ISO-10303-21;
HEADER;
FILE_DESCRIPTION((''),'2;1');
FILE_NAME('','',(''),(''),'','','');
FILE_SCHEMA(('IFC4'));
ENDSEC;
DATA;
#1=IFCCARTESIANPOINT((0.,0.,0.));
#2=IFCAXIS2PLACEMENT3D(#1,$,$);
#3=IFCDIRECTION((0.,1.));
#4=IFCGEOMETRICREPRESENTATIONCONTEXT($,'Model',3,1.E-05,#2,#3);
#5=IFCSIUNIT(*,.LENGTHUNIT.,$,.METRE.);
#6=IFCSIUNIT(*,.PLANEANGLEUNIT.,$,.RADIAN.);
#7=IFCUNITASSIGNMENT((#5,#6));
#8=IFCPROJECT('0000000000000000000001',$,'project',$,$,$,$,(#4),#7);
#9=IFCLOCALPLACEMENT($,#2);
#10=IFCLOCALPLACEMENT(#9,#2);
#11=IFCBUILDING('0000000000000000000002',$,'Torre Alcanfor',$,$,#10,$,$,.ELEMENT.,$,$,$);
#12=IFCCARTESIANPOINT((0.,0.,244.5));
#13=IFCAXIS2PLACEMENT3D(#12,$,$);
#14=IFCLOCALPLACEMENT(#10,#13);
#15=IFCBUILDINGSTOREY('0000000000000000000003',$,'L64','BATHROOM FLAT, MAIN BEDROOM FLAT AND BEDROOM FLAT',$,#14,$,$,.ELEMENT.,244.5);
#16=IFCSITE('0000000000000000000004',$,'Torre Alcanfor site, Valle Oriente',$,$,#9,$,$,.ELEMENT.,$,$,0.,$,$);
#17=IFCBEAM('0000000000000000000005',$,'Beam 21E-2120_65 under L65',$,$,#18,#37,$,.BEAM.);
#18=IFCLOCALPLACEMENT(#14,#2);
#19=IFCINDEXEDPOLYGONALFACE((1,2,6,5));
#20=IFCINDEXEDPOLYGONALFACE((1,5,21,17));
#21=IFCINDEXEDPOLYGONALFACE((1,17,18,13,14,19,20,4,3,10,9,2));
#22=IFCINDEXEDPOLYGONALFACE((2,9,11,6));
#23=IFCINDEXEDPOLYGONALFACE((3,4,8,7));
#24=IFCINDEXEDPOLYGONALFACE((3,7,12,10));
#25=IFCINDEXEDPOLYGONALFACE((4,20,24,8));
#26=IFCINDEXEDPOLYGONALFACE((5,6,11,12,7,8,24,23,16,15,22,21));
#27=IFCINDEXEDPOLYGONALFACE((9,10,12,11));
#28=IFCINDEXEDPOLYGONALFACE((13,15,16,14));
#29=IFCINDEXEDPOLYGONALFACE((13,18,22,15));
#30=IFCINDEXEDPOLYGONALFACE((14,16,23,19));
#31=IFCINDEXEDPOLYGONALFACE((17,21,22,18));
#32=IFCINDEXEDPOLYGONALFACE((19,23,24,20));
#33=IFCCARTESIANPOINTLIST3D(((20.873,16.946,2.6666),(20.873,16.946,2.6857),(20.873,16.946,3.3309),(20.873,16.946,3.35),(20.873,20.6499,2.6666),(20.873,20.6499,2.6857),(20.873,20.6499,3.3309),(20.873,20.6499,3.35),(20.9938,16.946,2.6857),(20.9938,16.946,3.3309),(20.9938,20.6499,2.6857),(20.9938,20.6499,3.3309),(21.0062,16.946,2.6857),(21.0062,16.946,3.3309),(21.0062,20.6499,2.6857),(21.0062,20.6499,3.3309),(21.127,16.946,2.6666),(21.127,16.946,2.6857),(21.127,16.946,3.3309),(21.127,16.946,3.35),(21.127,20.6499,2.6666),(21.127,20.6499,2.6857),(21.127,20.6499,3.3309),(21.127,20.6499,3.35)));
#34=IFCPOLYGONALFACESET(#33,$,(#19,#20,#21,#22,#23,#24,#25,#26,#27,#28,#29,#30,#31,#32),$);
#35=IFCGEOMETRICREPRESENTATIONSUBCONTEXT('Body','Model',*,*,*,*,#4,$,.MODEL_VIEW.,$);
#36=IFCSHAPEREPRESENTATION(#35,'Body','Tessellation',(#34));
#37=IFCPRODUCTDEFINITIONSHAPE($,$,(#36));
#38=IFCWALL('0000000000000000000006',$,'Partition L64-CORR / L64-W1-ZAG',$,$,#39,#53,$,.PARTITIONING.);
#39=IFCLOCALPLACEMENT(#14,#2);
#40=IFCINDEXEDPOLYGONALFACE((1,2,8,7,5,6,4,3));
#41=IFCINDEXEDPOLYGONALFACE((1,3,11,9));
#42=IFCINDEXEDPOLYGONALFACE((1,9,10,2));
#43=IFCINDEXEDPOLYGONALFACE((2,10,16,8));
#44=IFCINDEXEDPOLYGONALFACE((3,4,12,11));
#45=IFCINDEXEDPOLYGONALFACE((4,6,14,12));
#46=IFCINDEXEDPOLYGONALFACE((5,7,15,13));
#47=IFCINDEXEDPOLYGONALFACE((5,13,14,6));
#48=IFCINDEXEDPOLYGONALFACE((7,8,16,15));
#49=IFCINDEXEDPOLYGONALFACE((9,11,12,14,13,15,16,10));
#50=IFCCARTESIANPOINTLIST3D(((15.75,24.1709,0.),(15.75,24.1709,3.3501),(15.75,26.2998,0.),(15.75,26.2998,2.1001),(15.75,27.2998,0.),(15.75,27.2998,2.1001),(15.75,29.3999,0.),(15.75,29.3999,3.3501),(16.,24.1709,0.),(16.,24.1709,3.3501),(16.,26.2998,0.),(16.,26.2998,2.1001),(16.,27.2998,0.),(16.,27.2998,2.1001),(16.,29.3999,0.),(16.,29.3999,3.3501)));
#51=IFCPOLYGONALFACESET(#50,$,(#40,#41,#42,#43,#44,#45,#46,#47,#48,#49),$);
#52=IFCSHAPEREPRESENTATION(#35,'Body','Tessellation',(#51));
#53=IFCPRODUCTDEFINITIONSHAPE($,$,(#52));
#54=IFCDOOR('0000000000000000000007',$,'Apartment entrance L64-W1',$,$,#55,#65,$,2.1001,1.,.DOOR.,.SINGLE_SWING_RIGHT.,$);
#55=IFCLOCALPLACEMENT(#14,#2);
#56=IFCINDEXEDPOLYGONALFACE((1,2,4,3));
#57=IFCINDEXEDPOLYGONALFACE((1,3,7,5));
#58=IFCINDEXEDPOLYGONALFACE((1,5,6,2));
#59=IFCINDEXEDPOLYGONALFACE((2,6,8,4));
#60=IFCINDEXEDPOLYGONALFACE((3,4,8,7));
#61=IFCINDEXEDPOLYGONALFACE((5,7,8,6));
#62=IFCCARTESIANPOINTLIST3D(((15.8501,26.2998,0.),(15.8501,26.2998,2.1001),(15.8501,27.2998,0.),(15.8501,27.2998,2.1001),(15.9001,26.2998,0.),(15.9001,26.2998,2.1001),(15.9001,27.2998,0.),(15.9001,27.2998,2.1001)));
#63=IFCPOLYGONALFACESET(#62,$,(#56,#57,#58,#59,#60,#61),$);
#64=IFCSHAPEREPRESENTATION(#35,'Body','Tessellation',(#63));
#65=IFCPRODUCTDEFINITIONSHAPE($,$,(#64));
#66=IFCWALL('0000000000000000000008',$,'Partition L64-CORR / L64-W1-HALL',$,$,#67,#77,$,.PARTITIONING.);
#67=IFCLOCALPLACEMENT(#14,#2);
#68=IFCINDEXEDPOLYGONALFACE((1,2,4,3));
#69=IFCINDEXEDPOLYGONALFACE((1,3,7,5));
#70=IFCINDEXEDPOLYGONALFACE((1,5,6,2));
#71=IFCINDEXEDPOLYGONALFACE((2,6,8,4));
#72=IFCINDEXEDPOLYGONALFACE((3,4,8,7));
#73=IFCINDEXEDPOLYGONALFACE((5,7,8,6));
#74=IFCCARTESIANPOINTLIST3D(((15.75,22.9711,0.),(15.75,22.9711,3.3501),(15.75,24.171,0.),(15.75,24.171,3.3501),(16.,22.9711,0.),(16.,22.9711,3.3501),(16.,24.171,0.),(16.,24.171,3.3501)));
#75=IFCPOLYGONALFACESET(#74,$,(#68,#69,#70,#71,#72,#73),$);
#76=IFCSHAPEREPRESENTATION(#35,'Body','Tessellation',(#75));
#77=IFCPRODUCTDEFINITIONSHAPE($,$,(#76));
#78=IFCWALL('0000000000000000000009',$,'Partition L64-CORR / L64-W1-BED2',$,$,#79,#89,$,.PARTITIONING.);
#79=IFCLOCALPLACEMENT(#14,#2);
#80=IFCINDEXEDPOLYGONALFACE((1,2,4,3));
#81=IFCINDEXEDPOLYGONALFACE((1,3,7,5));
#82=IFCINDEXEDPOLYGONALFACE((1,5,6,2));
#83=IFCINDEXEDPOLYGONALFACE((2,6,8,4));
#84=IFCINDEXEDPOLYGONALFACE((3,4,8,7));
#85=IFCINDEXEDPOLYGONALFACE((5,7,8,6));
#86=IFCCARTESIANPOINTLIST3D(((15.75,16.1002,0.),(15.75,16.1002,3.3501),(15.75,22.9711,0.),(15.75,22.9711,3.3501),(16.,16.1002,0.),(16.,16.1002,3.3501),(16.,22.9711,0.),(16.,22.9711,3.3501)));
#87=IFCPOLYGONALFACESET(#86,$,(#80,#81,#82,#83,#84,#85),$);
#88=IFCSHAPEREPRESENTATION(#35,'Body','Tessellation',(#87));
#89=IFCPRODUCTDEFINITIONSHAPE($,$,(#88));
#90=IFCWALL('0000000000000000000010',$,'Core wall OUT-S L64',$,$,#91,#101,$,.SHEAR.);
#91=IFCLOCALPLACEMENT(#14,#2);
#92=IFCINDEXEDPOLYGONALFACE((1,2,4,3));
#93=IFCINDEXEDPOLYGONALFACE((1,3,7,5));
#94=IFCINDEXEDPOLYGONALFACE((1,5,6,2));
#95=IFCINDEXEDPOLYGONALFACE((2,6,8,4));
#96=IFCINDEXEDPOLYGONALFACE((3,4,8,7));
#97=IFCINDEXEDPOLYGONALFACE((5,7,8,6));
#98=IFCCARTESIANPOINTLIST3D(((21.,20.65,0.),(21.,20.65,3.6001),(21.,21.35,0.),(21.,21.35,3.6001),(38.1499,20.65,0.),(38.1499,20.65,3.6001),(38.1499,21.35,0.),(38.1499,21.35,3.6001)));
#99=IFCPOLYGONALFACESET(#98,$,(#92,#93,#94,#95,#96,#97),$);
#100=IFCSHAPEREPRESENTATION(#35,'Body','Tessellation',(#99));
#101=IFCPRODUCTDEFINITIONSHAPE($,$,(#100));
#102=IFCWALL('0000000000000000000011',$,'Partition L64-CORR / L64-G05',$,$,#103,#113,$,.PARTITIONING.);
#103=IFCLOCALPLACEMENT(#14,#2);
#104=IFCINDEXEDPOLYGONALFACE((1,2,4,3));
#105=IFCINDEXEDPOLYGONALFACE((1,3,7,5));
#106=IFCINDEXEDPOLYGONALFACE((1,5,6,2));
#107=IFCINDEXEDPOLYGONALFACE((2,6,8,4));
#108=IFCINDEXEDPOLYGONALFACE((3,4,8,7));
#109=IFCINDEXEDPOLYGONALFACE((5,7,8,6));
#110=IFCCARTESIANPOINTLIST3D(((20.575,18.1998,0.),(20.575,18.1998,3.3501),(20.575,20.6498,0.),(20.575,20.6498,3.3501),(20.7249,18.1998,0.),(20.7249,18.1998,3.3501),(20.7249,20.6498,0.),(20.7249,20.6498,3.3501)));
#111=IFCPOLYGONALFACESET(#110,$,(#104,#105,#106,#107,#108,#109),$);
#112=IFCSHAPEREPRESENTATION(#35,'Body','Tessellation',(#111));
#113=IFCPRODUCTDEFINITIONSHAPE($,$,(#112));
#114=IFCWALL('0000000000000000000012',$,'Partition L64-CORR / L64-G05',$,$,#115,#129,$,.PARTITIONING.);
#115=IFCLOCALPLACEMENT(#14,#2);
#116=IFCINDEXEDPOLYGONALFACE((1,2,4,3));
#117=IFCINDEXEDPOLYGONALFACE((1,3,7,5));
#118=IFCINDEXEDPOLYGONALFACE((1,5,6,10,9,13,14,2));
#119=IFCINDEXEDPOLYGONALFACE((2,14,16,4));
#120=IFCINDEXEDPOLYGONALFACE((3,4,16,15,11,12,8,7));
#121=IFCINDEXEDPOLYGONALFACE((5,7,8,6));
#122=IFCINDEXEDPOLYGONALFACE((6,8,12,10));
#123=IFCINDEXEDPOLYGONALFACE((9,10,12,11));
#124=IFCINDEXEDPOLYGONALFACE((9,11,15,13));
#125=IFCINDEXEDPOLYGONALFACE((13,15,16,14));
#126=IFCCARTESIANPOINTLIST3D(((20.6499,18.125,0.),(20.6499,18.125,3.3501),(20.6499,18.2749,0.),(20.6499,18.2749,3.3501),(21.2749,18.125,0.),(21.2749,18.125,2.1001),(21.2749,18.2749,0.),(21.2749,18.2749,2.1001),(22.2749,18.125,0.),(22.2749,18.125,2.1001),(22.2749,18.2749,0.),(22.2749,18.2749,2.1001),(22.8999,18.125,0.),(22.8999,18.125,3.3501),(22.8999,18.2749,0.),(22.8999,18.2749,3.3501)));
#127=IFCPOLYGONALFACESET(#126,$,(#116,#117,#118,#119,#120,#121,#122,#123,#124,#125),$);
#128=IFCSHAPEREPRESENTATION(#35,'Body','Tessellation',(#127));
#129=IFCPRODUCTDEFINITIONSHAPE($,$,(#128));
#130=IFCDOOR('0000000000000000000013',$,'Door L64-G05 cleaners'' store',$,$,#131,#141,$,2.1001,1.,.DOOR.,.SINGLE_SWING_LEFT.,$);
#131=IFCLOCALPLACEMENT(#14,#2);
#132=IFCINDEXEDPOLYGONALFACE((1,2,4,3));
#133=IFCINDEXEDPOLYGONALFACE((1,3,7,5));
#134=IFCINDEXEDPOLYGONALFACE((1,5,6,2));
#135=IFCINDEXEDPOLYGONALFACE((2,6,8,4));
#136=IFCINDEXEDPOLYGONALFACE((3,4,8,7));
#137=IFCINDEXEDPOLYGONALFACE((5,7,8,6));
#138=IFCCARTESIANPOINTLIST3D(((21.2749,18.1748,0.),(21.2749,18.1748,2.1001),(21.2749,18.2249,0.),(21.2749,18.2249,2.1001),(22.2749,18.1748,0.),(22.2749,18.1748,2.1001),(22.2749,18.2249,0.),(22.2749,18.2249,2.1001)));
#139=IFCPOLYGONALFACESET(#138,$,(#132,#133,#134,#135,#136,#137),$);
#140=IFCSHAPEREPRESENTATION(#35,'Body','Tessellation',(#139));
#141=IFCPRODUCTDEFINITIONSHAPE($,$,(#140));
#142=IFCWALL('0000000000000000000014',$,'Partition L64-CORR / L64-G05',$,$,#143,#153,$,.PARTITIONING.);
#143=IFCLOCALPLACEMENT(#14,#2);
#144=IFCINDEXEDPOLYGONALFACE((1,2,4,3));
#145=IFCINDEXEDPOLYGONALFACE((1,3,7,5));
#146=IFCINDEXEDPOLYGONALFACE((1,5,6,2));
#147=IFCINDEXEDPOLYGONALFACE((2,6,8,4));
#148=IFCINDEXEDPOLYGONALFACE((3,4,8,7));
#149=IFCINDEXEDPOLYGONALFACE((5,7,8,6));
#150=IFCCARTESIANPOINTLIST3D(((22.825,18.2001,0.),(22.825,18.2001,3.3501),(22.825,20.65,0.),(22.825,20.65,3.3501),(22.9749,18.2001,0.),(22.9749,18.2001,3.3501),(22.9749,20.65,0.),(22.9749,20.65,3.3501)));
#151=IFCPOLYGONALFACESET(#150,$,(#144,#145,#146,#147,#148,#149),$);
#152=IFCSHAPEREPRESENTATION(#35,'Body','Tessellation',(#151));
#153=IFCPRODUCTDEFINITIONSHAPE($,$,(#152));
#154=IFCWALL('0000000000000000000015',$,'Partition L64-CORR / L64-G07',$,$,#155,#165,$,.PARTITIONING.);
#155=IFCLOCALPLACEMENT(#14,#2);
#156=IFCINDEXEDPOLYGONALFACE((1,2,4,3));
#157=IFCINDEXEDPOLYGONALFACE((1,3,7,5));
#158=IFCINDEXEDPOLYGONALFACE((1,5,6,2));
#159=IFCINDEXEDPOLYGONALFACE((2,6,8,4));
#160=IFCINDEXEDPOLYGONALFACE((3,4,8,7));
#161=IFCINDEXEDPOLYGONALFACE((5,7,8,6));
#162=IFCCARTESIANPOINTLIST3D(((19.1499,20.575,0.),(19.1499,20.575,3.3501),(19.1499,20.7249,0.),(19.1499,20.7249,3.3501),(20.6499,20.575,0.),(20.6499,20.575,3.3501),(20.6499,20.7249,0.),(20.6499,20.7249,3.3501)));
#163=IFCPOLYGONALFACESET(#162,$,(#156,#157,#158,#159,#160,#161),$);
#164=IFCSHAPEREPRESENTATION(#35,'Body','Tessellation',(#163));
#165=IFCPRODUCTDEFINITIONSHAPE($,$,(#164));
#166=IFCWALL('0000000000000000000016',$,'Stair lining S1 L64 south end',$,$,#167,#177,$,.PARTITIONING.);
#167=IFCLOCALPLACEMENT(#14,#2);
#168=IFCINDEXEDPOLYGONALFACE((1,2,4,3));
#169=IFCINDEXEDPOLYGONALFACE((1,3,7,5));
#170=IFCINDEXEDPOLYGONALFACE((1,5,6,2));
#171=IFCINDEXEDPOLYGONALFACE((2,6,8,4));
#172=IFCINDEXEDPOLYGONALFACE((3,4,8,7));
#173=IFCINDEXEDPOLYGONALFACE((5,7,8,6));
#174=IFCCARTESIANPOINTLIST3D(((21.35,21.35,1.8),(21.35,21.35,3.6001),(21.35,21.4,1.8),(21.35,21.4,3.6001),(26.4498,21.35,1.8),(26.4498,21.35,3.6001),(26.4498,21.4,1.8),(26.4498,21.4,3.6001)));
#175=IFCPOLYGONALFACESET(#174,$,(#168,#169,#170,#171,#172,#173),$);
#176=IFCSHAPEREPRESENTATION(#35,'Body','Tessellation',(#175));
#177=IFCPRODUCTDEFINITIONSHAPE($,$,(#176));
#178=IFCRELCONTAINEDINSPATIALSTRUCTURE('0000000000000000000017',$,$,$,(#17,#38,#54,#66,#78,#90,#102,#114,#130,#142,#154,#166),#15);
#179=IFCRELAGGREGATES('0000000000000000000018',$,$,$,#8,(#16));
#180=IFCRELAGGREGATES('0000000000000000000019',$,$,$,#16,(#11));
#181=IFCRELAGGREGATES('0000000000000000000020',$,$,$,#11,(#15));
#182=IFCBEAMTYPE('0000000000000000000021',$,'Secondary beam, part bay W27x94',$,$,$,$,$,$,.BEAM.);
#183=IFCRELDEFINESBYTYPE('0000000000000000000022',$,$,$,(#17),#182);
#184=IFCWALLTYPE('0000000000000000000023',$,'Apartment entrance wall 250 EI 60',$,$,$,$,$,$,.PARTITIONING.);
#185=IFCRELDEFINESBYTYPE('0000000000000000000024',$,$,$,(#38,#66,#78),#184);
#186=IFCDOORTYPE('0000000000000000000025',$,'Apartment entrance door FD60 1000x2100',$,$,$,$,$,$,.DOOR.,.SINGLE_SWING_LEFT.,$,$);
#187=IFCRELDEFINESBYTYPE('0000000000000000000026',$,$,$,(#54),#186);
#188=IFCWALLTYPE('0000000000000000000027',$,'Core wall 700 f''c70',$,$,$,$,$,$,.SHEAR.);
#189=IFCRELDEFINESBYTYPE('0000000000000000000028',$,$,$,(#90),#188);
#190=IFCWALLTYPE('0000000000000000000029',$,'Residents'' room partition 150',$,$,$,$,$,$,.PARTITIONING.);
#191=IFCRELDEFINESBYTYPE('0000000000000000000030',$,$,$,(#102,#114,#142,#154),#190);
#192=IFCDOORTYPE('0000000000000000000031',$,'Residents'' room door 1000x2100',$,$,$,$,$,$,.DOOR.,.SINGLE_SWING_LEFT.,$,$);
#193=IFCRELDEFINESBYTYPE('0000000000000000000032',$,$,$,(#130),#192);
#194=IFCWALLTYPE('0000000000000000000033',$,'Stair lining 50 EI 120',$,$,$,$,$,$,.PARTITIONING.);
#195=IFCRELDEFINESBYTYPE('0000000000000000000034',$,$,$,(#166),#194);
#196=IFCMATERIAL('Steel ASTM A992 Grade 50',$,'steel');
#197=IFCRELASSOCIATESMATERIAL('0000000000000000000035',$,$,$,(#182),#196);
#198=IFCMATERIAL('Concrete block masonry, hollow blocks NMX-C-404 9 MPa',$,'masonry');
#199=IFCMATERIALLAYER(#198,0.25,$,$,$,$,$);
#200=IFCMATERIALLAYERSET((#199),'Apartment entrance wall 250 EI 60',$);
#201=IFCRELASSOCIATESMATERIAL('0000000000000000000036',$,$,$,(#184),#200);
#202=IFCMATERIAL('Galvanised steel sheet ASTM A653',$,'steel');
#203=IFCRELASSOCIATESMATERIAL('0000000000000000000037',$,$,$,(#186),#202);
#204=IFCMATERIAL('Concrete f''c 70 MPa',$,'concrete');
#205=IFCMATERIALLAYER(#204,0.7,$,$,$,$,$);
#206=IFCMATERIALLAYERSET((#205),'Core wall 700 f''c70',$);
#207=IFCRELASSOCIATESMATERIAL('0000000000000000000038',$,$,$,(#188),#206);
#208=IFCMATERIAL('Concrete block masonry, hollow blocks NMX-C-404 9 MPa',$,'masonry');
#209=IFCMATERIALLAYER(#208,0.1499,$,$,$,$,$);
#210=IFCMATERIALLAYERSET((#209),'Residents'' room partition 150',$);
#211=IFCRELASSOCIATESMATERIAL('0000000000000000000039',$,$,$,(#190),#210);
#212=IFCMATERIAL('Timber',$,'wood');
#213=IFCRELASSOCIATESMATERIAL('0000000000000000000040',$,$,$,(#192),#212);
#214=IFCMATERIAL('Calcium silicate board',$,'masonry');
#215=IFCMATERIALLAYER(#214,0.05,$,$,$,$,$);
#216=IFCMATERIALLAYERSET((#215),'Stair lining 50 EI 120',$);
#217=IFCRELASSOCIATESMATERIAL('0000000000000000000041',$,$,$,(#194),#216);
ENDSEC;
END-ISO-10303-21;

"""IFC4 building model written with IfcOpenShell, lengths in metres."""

from ifc_helpers import new_model, si_unit, direction, frame, frame_2d, origin, origin_2d, place, context, subcontext, project, spatial, rectangle, i_section, extrude, material, layer, layer_set, material_profile, profile_set, type_object, element, fill, save


model = new_model("IFC4")

# Units and contexts
model_context = context("Model", 3, precision=1e-05, world=origin(), true_north=direction((0.0, 1.0)))
body_context = subcontext(model_context, "Body", "Model", "MODEL_VIEW")
ifc_project = project(units=[si_unit("LENGTHUNIT", "METRE"), si_unit("PLANEANGLEUNIT", "RADIAN")], contexts=[model_context])

# Site, building, storey
site_placement = place(None, origin())
site = spatial("IfcSite", under=ifc_project, at=site_placement, Name="Torre Alcanfor site, Valle Oriente", CompositionType="ELEMENT", RefElevation=0.0)
building_placement = place(site_placement, origin())
building = spatial("IfcBuilding", under=site, at=building_placement, Name="Torre Alcanfor", CompositionType="ELEMENT")
storey_placement = place(building_placement, frame((0.0, 0.0, 244.5)))
storey = spatial("IfcBuildingStorey", under=building, at=storey_placement, Name="L64", Description="BATHROOM FLAT, MAIN BEDROOM FLAT AND BEDROOM FLAT", CompositionType="ELEMENT", Elevation=244.5)

# Beam
ifc_material_1 = material(Name="Steel ASTM A992 Grade 50", Category="steel")
ifc_material_profile_1 = material_profile(ifc_material_1, i_section(OverallWidth=0.2539, OverallDepth=0.6833, WebThickness=0.0125, FlangeThickness=0.019, at=origin_2d()), Name="W27x94")
ifc_profile_set_1 = profile_set([ifc_material_profile_1], Name="Steel ASTM A992 Grade 50")
beam_type_1 = type_object("IfcBeamType", Name="Secondary beam, part bay W27x94", PredefinedType="BEAM", material=ifc_profile_set_1)
beam_1_placement = place(storey_placement, frame((21.0, 16.946, 3.0083), z_axis=(0.0, 1.0, 0.0), x_axis=(-1.0, 0.0, 0.0)))
element("IfcBeam", 1, at=beam_1_placement, inside=storey, type_object=beam_type_1, Name="Beam 21E-2120_65 under L65", PredefinedType="BEAM", context=body_context, shape_type="SweptSolid", body=[
    extrude(i_section(OverallWidth=0.2539, OverallDepth=0.6833, WebThickness=0.0125, FlangeThickness=0.019, at=origin_2d()), origin(), (0.0, 0.0, 1.0), 3.7039),
])

# Wall, opening, door
ifc_material_2 = material(Name="Concrete block masonry, hollow blocks NMX-C-404 9 MPa", Category="masonry")
ifc_layer_1 = layer(ifc_material_2, 0.25)
ifc_layer_set_1 = layer_set([ifc_layer_1], Name="Apartment entrance wall 250 EI 60")
wall_type_1 = type_object("IfcWallType", Name="Apartment entrance wall 250 EI 60", PredefinedType="PARTITIONING", material=ifc_layer_set_1)
wall_1_placement = place(storey_placement, frame((15.875, 24.1709, 0.0), z_axis=(0.0, 0.0, 1.0), x_axis=(0.0, 1.0, 0.0)))
wall_1 = element("IfcWall", 2, at=wall_1_placement, inside=storey, type_object=wall_type_1, Name="Partition L64-CORR / L64-W1-ZAG", PredefinedType="PARTITIONING", context=body_context, shape_type="SweptSolid", body=[
    extrude(rectangle(XDim=5.229, YDim=0.25, at=frame_2d((2.6145, 0.0))), origin(), (0.0, 0.0, 1.0), 3.3501),
])
opening_1_placement = place(wall_1_placement, frame((2.1289, 0.0, 0.0)))
opening_1 = element("IfcOpeningElement", 3, at=opening_1_placement, cuts=wall_1, PredefinedType="OPENING", context=body_context, shape_type="SweptSolid", body=[
    extrude(rectangle(XDim=1.0, YDim=2.1001, at=frame_2d((0.5, 1.05))), frame((0.0, 0.135, 0.0), z_axis=(0.0, -1.0, 0.0), x_axis=(1.0, 0.0, 0.0)), (0.0, 0.0, 1.0), 0.27),
])
ifc_material_3 = material(Name="Galvanised steel sheet ASTM A653", Category="steel")
door_type_1 = type_object("IfcDoorType", Name="Apartment entrance door FD60 1000x2100", OperationType="SINGLE_SWING_LEFT", PredefinedType="DOOR", material=ifc_material_3)
door_1_placement = place(opening_1_placement, origin())
door_1 = element("IfcDoor", 4, at=door_1_placement, inside=storey, type_object=door_type_1, Name="Apartment entrance L64-W1", OperationType="SINGLE_SWING_RIGHT", OverallHeight=2.1001, OverallWidth=1.0, PredefinedType="DOOR", context=body_context, shape_type="SweptSolid", body=[
    extrude(rectangle(XDim=1.0, YDim=2.1001, at=frame_2d((0.5, 1.05))), frame((0.0, 0.0249, 0.0), z_axis=(0.0, -1.0, 0.0), x_axis=(1.0, 0.0, 0.0)), (0.0, 0.0, 1.0), 0.05),
])
fill(opening_1, door_1)

# Walls
wall_2_placement = place(storey_placement, frame((15.875, 22.9709, 0.0), z_axis=(0.0, 0.0, 1.0), x_axis=(0.0, 1.0, 0.0)))
element("IfcWall", 5, at=wall_2_placement, inside=storey, type_object=wall_type_1, Name="Partition L64-CORR / L64-W1-HALL", PredefinedType="PARTITIONING", context=body_context, shape_type="SweptSolid", body=[
    extrude(rectangle(XDim=1.2, YDim=0.25, at=frame_2d((0.6001, 0.0))), origin(), (0.0, 0.0, 1.0), 3.3501),
])
wall_3_placement = place(storey_placement, frame((15.875, 16.1001, 0.0), z_axis=(0.0, 0.0, 1.0), x_axis=(0.0, 1.0, 0.0)))
element("IfcWall", 6, at=wall_3_placement, inside=storey, type_object=wall_type_1, Name="Partition L64-CORR / L64-W1-BED2", PredefinedType="PARTITIONING", context=body_context, shape_type="SweptSolid", body=[
    extrude(rectangle(XDim=6.8708, YDim=0.25, at=frame_2d((3.4355, 0.0))), origin(), (0.0, 0.0, 1.0), 3.3501),
])
ifc_material_4 = material(Name="Concrete f'c 70 MPa", Category="concrete")
ifc_layer_2 = layer(ifc_material_4, 0.7)
ifc_layer_set_2 = layer_set([ifc_layer_2], Name="Core wall 700 f'c70")
wall_type_2 = type_object("IfcWallType", Name="Core wall 700 f'c70", PredefinedType="SHEAR", material=ifc_layer_set_2)
wall_4_placement = place(storey_placement, frame((21.0, 21.0, 0.0), z_axis=(0.0, 0.0, 1.0), x_axis=(1.0, 0.0, 0.0)))
element("IfcWall", 7, at=wall_4_placement, inside=storey, type_object=wall_type_2, Name="Core wall OUT-S L64", PredefinedType="SHEAR", context=body_context, shape_type="SweptSolid", body=[
    extrude(rectangle(XDim=17.1499, YDim=0.7, at=frame_2d((8.575, 0.0))), origin(), (0.0, 0.0, 1.0), 3.6001),
])
ifc_material_5 = material(Name="Concrete block masonry, hollow blocks NMX-C-404 9 MPa", Category="masonry")
ifc_layer_3 = layer(ifc_material_5, 0.1499)
ifc_layer_set_3 = layer_set([ifc_layer_3], Name="Residents' room partition 150")
wall_type_3 = type_object("IfcWallType", Name="Residents' room partition 150", PredefinedType="PARTITIONING", material=ifc_layer_set_3)
wall_5_placement = place(storey_placement, frame((20.6499, 20.6499, 0.0), z_axis=(0.0, 0.0, 1.0), x_axis=(0.0, -1.0, 0.0)))
element("IfcWall", 8, at=wall_5_placement, inside=storey, type_object=wall_type_3, Name="Partition L64-CORR / L64-G05", PredefinedType="PARTITIONING", context=body_context, shape_type="SweptSolid", body=[
    extrude(rectangle(XDim=2.45, YDim=0.1499, at=frame_2d((1.2251, 0.0))), origin(), (0.0, 0.0, 1.0), 3.3501),
])

# Wall, opening, door
wall_6_placement = place(storey_placement, frame((20.6499, 18.2, 0.0), z_axis=(0.0, 0.0, 1.0), x_axis=(1.0, 0.0, 0.0)))
wall_6 = element("IfcWall", 9, at=wall_6_placement, inside=storey, type_object=wall_type_3, Name="Partition L64-CORR / L64-G05", PredefinedType="PARTITIONING", context=body_context, shape_type="SweptSolid", body=[
    extrude(rectangle(XDim=2.25, YDim=0.1499, at=frame_2d((1.125, 0.0))), origin(), (0.0, 0.0, 1.0), 3.3501),
])
opening_2_placement = place(wall_6_placement, frame((0.625, 0.0, 0.0)))
opening_2 = element("IfcOpeningElement", 10, at=opening_2_placement, cuts=wall_6, PredefinedType="OPENING", context=body_context, shape_type="SweptSolid", body=[
    extrude(rectangle(XDim=1.0, YDim=2.1001, at=frame_2d((0.5, 1.05))), frame((0.0, 0.085, 0.0), z_axis=(0.0, -1.0, 0.0), x_axis=(1.0, 0.0, 0.0)), (0.0, 0.0, 1.0), 0.1699),
])
ifc_material_6 = material(Name="Timber", Category="wood")
door_type_2 = type_object("IfcDoorType", Name="Residents' room door 1000x2100", OperationType="SINGLE_SWING_LEFT", PredefinedType="DOOR", material=ifc_material_6)
door_2_placement = place(opening_2_placement, origin())
door_2 = element("IfcDoor", 11, at=door_2_placement, inside=storey, type_object=door_type_2, Name="Door L64-G05 cleaners' store", OperationType="SINGLE_SWING_LEFT", OverallHeight=2.1001, OverallWidth=1.0, PredefinedType="DOOR", context=body_context, shape_type="SweptSolid", body=[
    extrude(rectangle(XDim=1.0, YDim=2.1001, at=frame_2d((0.5, 1.05))), frame((0.0, 0.0249, 0.0), z_axis=(0.0, -1.0, 0.0), x_axis=(1.0, 0.0, 0.0)), (0.0, 0.0, 1.0), 0.05),
])
fill(opening_2, door_2)

# Walls
wall_7_placement = place(storey_placement, frame((22.8999, 18.2, 0.0), z_axis=(0.0, 0.0, 1.0), x_axis=(0.0, 1.0, 0.0)))
element("IfcWall", 12, at=wall_7_placement, inside=storey, type_object=wall_type_3, Name="Partition L64-CORR / L64-G05", PredefinedType="PARTITIONING", context=body_context, shape_type="SweptSolid", body=[
    extrude(rectangle(XDim=2.45, YDim=0.1499, at=frame_2d((1.2251, 0.0))), origin(), (0.0, 0.0, 1.0), 3.3501),
])
wall_8_placement = place(storey_placement, frame((19.1499, 20.6499, 0.0), z_axis=(0.0, 0.0, 1.0), x_axis=(1.0, 0.0, 0.0)))
element("IfcWall", 13, at=wall_8_placement, inside=storey, type_object=wall_type_3, Name="Partition L64-CORR / L64-G07", PredefinedType="PARTITIONING", context=body_context, shape_type="SweptSolid", body=[
    extrude(rectangle(XDim=1.5, YDim=0.1499, at=frame_2d((0.75, 0.0))), origin(), (0.0, 0.0, 1.0), 3.3501),
])
ifc_material_7 = material(Name="Calcium silicate board", Category="masonry")
ifc_layer_4 = layer(ifc_material_7, 0.05)
ifc_layer_set_4 = layer_set([ifc_layer_4], Name="Stair lining 50 EI 120")
wall_type_4 = type_object("IfcWallType", Name="Stair lining 50 EI 120", PredefinedType="PARTITIONING", material=ifc_layer_set_4)
wall_9_placement = place(storey_placement, frame((21.3501, 21.375, 1.8), z_axis=(0.0, 0.0, 1.0), x_axis=(1.0, 0.0, 0.0)))
element("IfcWall", 14, at=wall_9_placement, inside=storey, type_object=wall_type_4, Name="Stair lining S1 L64 south end", PredefinedType="PARTITIONING", context=body_context, shape_type="SweptSolid", body=[
    extrude(rectangle(XDim=5.0999, YDim=0.05, at=frame_2d((2.5498, 0.0))), origin(), (0.0, 0.0, 1.0), 1.8),
])

save(model, "model.ifc")
